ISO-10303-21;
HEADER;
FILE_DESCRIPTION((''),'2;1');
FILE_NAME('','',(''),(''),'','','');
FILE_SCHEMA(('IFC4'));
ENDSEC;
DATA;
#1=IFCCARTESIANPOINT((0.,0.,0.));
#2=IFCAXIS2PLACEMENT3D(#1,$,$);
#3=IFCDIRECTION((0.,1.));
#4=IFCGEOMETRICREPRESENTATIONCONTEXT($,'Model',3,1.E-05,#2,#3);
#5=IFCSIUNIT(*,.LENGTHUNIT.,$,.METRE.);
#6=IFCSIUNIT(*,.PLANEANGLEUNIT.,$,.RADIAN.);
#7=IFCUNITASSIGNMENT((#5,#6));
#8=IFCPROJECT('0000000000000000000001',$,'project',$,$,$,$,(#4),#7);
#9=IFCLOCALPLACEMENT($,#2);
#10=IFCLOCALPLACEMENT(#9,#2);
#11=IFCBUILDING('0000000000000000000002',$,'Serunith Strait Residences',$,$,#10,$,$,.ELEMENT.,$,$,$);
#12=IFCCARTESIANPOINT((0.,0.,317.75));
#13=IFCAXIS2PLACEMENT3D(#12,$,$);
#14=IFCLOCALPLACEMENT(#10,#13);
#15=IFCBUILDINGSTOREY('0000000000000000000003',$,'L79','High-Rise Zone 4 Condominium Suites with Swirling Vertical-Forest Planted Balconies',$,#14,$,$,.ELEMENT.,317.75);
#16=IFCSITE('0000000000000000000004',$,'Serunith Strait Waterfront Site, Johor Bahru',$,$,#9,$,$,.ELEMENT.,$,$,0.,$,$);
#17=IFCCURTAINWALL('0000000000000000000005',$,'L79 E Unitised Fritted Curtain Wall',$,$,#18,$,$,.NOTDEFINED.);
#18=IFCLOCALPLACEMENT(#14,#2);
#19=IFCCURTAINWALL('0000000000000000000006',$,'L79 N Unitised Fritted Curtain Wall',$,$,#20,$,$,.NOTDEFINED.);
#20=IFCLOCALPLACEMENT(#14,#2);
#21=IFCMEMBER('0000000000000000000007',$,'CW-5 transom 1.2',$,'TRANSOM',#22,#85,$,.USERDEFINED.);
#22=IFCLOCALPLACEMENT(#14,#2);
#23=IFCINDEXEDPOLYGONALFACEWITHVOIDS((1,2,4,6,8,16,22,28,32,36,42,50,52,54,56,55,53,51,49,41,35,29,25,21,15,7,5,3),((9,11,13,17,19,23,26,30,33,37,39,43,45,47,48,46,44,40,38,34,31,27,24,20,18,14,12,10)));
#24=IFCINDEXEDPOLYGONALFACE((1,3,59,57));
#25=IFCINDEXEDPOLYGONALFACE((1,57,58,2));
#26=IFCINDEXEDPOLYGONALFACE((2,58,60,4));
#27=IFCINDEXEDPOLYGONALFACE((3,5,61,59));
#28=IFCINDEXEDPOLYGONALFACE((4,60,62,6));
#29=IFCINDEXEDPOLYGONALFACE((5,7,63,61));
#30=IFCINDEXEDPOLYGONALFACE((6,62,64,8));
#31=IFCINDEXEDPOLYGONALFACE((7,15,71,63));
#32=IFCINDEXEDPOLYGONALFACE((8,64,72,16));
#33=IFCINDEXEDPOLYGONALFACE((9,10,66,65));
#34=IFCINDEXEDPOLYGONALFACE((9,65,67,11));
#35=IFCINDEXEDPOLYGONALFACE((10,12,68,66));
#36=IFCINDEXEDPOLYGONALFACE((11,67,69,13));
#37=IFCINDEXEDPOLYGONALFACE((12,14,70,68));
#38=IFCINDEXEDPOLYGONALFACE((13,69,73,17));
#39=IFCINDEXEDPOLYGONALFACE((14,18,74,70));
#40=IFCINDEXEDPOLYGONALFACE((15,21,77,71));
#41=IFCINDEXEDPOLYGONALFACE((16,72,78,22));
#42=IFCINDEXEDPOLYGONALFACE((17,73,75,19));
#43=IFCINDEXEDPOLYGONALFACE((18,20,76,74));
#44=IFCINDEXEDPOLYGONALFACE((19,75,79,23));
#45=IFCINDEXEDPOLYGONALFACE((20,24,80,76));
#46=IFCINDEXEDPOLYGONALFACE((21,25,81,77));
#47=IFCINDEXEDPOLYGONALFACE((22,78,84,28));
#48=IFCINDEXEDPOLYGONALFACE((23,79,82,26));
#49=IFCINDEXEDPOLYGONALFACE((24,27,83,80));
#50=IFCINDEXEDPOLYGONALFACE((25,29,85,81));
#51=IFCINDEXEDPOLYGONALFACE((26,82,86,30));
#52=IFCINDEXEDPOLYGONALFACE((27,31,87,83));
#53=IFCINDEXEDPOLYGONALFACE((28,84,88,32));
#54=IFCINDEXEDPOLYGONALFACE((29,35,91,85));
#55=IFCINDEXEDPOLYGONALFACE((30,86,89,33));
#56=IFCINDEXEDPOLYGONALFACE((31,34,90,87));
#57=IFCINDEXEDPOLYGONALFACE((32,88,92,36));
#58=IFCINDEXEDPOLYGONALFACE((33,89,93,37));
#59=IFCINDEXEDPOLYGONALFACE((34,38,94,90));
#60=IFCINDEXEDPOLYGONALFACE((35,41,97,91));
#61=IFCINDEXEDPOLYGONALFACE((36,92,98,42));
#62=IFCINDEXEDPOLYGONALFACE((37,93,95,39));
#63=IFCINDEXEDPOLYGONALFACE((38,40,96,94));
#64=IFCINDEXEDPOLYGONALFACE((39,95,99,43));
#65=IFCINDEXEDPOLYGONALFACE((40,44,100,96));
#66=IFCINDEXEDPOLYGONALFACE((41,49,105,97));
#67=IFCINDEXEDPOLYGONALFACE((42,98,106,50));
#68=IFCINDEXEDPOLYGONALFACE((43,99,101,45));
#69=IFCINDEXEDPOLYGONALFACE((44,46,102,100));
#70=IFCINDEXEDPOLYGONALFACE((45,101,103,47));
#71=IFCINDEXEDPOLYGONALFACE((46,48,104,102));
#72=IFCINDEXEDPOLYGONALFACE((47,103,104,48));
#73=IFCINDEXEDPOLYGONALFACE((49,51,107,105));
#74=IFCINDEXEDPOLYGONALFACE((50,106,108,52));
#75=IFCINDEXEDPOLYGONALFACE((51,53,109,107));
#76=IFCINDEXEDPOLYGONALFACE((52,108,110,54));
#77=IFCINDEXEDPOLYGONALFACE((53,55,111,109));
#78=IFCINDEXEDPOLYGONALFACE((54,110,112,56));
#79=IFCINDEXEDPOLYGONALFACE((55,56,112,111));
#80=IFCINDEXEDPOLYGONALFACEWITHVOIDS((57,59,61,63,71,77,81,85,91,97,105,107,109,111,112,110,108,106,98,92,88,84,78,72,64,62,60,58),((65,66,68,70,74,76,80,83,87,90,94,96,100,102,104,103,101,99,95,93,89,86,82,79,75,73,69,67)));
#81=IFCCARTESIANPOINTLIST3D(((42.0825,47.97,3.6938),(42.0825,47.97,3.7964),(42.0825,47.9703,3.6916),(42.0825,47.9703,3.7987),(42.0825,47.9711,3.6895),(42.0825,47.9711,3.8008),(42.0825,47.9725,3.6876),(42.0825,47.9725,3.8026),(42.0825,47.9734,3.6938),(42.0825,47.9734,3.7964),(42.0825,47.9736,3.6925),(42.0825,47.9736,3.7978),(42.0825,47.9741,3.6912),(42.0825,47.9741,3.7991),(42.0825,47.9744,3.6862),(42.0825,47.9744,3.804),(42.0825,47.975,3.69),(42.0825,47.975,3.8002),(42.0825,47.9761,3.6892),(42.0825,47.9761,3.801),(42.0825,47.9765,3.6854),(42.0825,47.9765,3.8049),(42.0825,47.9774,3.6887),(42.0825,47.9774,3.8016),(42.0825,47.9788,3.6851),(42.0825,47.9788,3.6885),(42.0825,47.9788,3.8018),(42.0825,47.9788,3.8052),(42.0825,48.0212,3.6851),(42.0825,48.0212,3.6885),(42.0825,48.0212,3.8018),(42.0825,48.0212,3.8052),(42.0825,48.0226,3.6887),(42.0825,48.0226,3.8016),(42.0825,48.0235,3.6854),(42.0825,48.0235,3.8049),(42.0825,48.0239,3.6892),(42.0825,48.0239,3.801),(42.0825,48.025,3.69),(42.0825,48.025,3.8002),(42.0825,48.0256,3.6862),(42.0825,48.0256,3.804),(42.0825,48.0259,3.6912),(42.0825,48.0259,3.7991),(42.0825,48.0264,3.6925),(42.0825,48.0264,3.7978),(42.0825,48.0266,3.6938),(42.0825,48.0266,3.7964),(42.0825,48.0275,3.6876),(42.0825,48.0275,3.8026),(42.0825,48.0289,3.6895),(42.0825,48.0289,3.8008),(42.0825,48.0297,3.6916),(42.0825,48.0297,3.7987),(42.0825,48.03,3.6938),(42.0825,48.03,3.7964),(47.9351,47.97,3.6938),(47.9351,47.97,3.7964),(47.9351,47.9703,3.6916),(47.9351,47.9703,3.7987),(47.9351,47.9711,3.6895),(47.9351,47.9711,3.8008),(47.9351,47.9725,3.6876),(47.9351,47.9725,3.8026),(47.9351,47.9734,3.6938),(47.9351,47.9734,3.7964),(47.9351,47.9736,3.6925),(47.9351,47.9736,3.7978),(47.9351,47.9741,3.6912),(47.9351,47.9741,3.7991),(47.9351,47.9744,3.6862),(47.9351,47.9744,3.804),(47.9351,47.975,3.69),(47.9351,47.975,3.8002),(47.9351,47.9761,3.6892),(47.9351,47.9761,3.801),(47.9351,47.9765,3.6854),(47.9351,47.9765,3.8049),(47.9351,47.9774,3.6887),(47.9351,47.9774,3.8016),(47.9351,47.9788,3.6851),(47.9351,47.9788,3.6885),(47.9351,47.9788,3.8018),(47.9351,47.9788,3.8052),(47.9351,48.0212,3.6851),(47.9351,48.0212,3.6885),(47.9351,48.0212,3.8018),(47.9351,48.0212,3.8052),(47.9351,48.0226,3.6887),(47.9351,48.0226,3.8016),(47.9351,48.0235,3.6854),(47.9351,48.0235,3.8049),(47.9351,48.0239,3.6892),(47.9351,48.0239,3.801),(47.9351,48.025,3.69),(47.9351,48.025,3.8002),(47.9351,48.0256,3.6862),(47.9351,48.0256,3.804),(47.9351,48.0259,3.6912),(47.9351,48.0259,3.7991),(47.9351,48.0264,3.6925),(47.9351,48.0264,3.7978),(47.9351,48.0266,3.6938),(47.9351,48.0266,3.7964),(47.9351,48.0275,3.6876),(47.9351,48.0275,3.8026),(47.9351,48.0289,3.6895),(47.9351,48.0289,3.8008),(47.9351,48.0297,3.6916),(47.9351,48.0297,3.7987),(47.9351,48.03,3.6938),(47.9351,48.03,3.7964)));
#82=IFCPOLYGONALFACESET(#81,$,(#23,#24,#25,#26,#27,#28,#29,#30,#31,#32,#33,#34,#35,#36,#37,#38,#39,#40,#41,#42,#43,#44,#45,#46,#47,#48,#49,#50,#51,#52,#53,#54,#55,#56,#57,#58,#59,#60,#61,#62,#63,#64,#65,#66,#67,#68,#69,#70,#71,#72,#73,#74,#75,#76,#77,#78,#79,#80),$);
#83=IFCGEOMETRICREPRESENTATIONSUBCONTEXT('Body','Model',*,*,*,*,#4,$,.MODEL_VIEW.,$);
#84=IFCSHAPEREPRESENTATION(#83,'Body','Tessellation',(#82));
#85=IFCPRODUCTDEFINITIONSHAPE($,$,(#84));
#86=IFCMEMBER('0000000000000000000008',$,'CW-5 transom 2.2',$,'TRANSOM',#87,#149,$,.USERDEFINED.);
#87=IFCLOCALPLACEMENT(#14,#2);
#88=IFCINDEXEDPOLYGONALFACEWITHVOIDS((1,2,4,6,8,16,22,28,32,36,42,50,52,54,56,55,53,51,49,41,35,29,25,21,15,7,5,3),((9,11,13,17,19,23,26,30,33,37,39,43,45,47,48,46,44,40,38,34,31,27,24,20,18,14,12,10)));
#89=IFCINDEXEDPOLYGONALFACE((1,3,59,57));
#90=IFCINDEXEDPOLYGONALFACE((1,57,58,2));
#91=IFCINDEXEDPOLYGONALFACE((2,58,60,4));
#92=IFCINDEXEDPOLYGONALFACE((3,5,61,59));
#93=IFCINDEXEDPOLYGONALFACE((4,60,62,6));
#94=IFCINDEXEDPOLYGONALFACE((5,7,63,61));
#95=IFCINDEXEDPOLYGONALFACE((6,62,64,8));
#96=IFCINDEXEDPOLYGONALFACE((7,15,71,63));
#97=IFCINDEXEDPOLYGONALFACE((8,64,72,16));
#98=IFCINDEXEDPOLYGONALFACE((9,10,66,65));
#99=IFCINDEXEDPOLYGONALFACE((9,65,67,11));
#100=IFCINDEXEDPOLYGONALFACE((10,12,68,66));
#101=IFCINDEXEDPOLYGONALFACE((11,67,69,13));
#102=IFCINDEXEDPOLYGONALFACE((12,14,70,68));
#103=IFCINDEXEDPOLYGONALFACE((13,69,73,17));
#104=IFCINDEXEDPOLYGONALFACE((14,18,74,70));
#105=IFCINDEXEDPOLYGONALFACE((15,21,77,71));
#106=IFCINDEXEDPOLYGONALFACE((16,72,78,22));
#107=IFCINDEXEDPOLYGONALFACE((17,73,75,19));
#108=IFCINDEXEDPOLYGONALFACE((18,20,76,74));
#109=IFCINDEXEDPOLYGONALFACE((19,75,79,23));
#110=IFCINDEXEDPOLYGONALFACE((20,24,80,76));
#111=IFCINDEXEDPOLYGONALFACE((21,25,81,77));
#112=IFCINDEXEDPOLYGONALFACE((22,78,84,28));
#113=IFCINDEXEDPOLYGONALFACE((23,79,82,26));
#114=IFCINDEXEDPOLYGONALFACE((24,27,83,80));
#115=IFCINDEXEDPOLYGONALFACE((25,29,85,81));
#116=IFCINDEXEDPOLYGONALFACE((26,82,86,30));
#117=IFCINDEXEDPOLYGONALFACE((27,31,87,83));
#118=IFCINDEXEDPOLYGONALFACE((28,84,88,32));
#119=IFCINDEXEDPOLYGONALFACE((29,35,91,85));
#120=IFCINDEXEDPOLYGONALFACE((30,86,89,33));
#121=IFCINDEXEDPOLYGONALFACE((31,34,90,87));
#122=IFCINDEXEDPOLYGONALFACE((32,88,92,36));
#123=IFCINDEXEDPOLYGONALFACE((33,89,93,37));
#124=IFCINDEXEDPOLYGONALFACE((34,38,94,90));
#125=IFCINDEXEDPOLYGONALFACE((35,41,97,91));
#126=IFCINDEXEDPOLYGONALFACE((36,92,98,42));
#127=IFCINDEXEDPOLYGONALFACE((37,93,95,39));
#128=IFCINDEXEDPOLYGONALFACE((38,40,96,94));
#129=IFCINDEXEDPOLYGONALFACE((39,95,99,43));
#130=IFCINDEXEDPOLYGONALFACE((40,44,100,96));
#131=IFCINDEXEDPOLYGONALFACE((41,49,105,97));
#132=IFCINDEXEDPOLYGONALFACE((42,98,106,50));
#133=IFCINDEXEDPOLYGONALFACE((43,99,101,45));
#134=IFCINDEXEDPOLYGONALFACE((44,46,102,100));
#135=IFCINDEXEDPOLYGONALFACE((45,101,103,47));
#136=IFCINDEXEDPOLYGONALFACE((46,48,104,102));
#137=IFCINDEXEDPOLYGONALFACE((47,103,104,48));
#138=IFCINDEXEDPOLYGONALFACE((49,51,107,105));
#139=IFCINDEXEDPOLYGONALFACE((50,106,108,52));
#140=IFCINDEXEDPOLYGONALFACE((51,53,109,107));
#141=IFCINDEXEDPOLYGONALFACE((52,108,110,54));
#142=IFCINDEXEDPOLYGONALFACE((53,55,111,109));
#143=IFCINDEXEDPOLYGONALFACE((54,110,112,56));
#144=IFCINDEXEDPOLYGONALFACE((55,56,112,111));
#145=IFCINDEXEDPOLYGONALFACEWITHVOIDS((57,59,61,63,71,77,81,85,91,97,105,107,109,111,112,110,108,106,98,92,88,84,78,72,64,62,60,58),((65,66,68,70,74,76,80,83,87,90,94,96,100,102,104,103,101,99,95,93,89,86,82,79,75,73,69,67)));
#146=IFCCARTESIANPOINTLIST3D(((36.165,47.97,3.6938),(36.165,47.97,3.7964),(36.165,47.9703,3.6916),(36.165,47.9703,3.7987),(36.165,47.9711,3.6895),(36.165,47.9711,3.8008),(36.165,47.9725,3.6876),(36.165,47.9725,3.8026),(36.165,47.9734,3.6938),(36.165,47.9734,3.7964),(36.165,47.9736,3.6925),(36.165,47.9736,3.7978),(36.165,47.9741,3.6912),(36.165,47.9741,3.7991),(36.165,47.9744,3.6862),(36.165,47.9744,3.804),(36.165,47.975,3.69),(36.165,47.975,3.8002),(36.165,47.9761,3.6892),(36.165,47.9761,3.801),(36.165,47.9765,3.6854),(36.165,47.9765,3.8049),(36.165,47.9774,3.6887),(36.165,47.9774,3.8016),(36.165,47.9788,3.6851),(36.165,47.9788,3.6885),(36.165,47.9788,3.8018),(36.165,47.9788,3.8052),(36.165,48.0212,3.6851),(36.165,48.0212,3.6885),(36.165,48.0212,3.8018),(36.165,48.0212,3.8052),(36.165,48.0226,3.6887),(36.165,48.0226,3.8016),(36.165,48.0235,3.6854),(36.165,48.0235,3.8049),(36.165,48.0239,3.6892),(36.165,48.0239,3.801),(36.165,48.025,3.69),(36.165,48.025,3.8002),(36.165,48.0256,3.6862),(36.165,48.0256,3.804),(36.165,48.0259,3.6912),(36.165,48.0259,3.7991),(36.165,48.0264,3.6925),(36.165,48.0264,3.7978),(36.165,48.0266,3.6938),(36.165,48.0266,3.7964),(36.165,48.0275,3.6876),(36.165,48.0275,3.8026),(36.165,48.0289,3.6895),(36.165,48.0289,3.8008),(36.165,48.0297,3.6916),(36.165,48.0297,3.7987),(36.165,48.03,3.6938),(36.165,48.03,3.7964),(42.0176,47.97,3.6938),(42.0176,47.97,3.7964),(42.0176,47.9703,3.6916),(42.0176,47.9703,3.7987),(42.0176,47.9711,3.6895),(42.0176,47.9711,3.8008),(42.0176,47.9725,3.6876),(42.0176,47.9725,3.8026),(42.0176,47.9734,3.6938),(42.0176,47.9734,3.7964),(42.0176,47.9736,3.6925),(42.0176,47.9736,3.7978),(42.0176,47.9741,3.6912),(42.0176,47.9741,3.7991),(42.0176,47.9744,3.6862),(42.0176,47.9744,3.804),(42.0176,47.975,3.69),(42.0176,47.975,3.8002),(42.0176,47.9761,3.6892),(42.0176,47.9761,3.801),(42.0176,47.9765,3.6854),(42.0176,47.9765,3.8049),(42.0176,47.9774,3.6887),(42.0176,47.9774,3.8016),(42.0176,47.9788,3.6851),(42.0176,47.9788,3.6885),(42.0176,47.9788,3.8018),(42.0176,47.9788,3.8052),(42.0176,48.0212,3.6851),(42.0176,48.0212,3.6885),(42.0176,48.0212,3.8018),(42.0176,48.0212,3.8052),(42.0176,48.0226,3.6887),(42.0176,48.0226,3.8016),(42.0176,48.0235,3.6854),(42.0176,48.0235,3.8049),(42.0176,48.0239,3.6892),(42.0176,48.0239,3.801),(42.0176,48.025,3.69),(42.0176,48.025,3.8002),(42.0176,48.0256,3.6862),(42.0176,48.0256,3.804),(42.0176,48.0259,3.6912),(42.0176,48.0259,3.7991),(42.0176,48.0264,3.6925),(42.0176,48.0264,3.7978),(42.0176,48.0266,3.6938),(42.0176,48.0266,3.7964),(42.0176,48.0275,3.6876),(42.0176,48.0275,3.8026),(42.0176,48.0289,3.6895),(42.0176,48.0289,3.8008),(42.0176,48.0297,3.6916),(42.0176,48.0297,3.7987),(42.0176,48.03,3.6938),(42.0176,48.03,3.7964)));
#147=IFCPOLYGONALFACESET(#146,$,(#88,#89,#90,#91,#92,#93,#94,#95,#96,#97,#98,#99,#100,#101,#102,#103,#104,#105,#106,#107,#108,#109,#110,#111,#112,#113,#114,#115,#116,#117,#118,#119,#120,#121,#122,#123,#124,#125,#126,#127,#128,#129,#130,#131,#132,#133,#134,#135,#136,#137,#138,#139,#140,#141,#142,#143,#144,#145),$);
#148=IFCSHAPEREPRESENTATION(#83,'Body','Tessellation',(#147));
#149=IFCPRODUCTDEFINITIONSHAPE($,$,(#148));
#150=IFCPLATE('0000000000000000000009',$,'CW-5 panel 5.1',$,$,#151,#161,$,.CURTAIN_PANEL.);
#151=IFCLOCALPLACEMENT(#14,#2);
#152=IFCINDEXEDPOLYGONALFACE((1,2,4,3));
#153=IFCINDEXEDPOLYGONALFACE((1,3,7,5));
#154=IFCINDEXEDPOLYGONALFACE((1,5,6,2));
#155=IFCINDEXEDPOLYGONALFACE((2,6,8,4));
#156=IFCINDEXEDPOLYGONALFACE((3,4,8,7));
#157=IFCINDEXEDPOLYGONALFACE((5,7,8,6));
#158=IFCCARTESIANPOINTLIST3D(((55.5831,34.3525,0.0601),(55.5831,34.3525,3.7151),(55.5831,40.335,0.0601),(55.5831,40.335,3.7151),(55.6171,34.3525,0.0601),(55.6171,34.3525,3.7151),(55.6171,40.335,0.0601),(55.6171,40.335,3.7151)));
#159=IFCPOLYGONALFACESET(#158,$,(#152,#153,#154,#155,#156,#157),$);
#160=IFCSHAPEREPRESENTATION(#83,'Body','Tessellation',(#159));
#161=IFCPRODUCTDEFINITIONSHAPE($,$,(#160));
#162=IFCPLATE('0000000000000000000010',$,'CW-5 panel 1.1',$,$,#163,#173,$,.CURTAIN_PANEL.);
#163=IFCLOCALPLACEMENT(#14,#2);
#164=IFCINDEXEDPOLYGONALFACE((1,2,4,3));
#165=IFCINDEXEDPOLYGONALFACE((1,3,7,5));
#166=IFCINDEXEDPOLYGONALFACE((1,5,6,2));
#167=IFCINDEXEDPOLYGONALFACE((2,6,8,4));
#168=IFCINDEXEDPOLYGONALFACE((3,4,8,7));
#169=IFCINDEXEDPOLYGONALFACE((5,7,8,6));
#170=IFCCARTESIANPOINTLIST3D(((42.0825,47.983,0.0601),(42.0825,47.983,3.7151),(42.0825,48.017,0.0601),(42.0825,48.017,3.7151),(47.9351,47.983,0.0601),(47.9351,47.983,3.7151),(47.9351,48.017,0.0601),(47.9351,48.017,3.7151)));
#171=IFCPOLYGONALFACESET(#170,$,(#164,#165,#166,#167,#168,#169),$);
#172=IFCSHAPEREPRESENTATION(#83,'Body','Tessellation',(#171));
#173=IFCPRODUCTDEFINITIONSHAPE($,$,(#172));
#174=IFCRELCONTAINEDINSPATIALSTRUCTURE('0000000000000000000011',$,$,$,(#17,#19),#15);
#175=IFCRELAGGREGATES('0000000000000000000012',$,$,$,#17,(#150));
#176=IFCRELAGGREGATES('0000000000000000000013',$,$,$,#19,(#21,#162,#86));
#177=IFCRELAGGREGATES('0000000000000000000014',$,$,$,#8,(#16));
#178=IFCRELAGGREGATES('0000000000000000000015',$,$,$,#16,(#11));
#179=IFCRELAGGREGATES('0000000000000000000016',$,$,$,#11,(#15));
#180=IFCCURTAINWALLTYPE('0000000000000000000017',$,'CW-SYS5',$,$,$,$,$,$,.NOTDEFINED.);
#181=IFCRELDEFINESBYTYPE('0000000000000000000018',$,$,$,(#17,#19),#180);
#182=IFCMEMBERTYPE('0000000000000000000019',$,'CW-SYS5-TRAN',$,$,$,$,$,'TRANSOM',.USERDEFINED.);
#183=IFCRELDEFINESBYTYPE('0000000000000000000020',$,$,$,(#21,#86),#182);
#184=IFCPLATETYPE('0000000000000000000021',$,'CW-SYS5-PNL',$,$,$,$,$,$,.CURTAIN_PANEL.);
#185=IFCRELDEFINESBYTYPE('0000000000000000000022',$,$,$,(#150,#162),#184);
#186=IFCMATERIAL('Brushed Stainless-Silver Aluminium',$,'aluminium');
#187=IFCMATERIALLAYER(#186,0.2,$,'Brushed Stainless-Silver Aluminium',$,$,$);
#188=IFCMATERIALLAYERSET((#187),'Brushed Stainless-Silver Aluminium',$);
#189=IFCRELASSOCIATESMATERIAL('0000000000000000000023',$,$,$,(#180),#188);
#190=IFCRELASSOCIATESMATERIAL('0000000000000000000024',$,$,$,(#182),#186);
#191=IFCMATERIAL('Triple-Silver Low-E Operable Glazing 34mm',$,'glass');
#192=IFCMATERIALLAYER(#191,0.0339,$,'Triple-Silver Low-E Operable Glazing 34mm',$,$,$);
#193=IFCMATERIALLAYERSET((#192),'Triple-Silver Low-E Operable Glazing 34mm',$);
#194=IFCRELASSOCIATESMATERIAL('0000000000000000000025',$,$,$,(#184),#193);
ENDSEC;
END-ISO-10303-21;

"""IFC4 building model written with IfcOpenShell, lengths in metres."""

from ifc_helpers import new_model, si_unit, direction, frame, origin, origin_2d, place, context, subcontext, project, spatial, rectangle, hollow_rectangle, extrude, source, transform, mapped, material, layer, layer_set, material_profile, profile_set, type_object, element, aggregate, save


model = new_model("IFC4")

# Units and contexts
model_context = context("Model", 3, precision=1e-05, world=origin(), true_north=direction((0.0, 1.0)))
body_context = subcontext(model_context, "Body", "Model", "MODEL_VIEW")
ifc_project = project(units=[si_unit("LENGTHUNIT", "METRE"), si_unit("PLANEANGLEUNIT", "RADIAN")], contexts=[model_context])

# Site, building, storey
site_placement = place(None, origin())
site = spatial("IfcSite", under=ifc_project, at=site_placement, Name="Serunith Strait Waterfront Site, Johor Bahru", CompositionType="ELEMENT", RefElevation=0.0)
building_placement = place(site_placement, origin())
building = spatial("IfcBuilding", under=site, at=building_placement, Name="Serunith Strait Residences", CompositionType="ELEMENT")
storey_placement = place(building_placement, frame((0.0, 0.0, 317.75)))
storey = spatial("IfcBuildingStorey", under=building, at=storey_placement, Name="L79", Description="High-Rise Zone 4 Condominium Suites with Swirling Vertical-Forest Planted Balconies", CompositionType="ELEMENT", Elevation=317.75)

# Curtain wall
ifc_material_1 = material(Name="Brushed Stainless-Silver Aluminium", Category="aluminium")
ifc_layer_1 = layer(ifc_material_1, 0.2, Name="Brushed Stainless-Silver Aluminium")
ifc_layer_set_1 = layer_set([ifc_layer_1], Name="Brushed Stainless-Silver Aluminium")
curtain_wall_type = type_object("IfcCurtainWallType", Name="CW-SYS5", PredefinedType="NOTDEFINED", material=ifc_layer_set_1)
curtain_wall_1_placement = place(storey_placement, origin())
curtain_wall_1 = element("IfcCurtainWall", 1, at=curtain_wall_1_placement, inside=storey, type_object=curtain_wall_type, Name="L79 E Unitised Fritted Curtain Wall", PredefinedType="NOTDEFINED")

# Curtain wall, members
curtain_wall_2_placement = place(storey_placement, origin())
curtain_wall_2 = element("IfcCurtainWall", 2, at=curtain_wall_2_placement, inside=storey, type_object=curtain_wall_type, Name="L79 N Unitised Fritted Curtain Wall", PredefinedType="NOTDEFINED")
ifc_material_profile_1 = material_profile(ifc_material_1, hollow_rectangle(XDim=0.0601, YDim=0.1201, WallThickness=0.0034, InnerFilletRadius=0.0054, OuterFilletRadius=0.0088, at=origin_2d()), Name="ALU 120x60x3.5")
ifc_profile_set_1 = profile_set([ifc_material_profile_1], Name="Brushed Stainless-Silver Aluminium")
member_type_1 = type_object("IfcMemberType", Name="CW-SYS5-TRAN", ElementType="TRANSOM", PredefinedType="USERDEFINED", material=ifc_profile_set_1)
shared_shape_1 = source(origin(), body_context, "Body", "SweptSolid", [
    extrude(hollow_rectangle(XDim=0.0601, YDim=0.1201, WallThickness=0.0034, InnerFilletRadius=0.0054, OuterFilletRadius=0.0088, at=origin_2d()), origin(), (0.0, 0.0, 1.0), 5.8525),
])
member_1_placement = place(storey_placement, frame((47.9351, 48.0, 3.7451), z_axis=(-1.0, 0.0, 0.0), x_axis=(0.0, -1.0, 0.0)))
member_1 = element("IfcMember", 3, at=member_1_placement, type_object=member_type_1, Name="CW-5 transom 1.2", ObjectType="TRANSOM", PredefinedType="USERDEFINED", context=body_context, shape_type="MappedRepresentation", body=[
    mapped(shared_shape_1, transform((0.0, 0.0, 0.0), scale=1.0)),
])
member_2_placement = place(storey_placement, frame((42.0176, 48.0, 3.7451), z_axis=(-1.0, 0.0, 0.0), x_axis=(0.0, -1.0, 0.0)))
member_2 = element("IfcMember", 4, at=member_2_placement, type_object=member_type_1, Name="CW-5 transom 2.2", ObjectType="TRANSOM", PredefinedType="USERDEFINED", context=body_context, shape_type="MappedRepresentation", body=[
    mapped(shared_shape_1, transform((0.0, 0.0, 0.0), scale=1.0)),
])

# Plates
ifc_material_2 = material(Name="Triple-Silver Low-E Operable Glazing 34mm", Category="glass")
ifc_layer_2 = layer(ifc_material_2, 0.0339, Name="Triple-Silver Low-E Operable Glazing 34mm")
ifc_layer_set_2 = layer_set([ifc_layer_2], Name="Triple-Silver Low-E Operable Glazing 34mm")
plate_type = type_object("IfcPlateType", Name="CW-SYS5-PNL", PredefinedType="CURTAIN_PANEL", material=ifc_layer_set_2)
shared_shape_2 = source(origin(), body_context, "Body", "SweptSolid", [
    extrude(rectangle(XDim=5.9824, YDim=0.0339, at=origin_2d()), origin(), (0.0, 0.0, 1.0), 3.655),
])
plate_1_placement = place(storey_placement, frame((55.6001, 37.3438, 0.0601), z_axis=(0.0, 0.0, 1.0), x_axis=(0.0, 1.0, 0.0)))
plate_1 = element("IfcPlate", 5, at=plate_1_placement, type_object=plate_type, Name="CW-5 panel 5.1", PredefinedType="CURTAIN_PANEL", context=body_context, shape_type="MappedRepresentation", body=[
    mapped(shared_shape_2, transform((0.0, 0.0, 0.0), scale=1.0)),
])
aggregate(curtain_wall_1, [plate_1])
shared_shape_3 = source(origin(), body_context, "Body", "SweptSolid", [
    extrude(rectangle(XDim=5.8525, YDim=0.0339, at=origin_2d()), origin(), (0.0, 0.0, 1.0), 3.655),
])
plate_2_placement = place(storey_placement, frame((45.0088, 48.0, 0.0601), z_axis=(0.0, 0.0, 1.0), x_axis=(-1.0, 0.0, 0.0)))
plate_2 = element("IfcPlate", 6, at=plate_2_placement, type_object=plate_type, Name="CW-5 panel 1.1", PredefinedType="CURTAIN_PANEL", context=body_context, shape_type="MappedRepresentation", body=[
    mapped(shared_shape_3, transform((0.0, 0.0, 0.0), scale=1.0)),
])
aggregate(curtain_wall_2, [member_1, plate_2, member_2])

save(model, "model.ifc")
